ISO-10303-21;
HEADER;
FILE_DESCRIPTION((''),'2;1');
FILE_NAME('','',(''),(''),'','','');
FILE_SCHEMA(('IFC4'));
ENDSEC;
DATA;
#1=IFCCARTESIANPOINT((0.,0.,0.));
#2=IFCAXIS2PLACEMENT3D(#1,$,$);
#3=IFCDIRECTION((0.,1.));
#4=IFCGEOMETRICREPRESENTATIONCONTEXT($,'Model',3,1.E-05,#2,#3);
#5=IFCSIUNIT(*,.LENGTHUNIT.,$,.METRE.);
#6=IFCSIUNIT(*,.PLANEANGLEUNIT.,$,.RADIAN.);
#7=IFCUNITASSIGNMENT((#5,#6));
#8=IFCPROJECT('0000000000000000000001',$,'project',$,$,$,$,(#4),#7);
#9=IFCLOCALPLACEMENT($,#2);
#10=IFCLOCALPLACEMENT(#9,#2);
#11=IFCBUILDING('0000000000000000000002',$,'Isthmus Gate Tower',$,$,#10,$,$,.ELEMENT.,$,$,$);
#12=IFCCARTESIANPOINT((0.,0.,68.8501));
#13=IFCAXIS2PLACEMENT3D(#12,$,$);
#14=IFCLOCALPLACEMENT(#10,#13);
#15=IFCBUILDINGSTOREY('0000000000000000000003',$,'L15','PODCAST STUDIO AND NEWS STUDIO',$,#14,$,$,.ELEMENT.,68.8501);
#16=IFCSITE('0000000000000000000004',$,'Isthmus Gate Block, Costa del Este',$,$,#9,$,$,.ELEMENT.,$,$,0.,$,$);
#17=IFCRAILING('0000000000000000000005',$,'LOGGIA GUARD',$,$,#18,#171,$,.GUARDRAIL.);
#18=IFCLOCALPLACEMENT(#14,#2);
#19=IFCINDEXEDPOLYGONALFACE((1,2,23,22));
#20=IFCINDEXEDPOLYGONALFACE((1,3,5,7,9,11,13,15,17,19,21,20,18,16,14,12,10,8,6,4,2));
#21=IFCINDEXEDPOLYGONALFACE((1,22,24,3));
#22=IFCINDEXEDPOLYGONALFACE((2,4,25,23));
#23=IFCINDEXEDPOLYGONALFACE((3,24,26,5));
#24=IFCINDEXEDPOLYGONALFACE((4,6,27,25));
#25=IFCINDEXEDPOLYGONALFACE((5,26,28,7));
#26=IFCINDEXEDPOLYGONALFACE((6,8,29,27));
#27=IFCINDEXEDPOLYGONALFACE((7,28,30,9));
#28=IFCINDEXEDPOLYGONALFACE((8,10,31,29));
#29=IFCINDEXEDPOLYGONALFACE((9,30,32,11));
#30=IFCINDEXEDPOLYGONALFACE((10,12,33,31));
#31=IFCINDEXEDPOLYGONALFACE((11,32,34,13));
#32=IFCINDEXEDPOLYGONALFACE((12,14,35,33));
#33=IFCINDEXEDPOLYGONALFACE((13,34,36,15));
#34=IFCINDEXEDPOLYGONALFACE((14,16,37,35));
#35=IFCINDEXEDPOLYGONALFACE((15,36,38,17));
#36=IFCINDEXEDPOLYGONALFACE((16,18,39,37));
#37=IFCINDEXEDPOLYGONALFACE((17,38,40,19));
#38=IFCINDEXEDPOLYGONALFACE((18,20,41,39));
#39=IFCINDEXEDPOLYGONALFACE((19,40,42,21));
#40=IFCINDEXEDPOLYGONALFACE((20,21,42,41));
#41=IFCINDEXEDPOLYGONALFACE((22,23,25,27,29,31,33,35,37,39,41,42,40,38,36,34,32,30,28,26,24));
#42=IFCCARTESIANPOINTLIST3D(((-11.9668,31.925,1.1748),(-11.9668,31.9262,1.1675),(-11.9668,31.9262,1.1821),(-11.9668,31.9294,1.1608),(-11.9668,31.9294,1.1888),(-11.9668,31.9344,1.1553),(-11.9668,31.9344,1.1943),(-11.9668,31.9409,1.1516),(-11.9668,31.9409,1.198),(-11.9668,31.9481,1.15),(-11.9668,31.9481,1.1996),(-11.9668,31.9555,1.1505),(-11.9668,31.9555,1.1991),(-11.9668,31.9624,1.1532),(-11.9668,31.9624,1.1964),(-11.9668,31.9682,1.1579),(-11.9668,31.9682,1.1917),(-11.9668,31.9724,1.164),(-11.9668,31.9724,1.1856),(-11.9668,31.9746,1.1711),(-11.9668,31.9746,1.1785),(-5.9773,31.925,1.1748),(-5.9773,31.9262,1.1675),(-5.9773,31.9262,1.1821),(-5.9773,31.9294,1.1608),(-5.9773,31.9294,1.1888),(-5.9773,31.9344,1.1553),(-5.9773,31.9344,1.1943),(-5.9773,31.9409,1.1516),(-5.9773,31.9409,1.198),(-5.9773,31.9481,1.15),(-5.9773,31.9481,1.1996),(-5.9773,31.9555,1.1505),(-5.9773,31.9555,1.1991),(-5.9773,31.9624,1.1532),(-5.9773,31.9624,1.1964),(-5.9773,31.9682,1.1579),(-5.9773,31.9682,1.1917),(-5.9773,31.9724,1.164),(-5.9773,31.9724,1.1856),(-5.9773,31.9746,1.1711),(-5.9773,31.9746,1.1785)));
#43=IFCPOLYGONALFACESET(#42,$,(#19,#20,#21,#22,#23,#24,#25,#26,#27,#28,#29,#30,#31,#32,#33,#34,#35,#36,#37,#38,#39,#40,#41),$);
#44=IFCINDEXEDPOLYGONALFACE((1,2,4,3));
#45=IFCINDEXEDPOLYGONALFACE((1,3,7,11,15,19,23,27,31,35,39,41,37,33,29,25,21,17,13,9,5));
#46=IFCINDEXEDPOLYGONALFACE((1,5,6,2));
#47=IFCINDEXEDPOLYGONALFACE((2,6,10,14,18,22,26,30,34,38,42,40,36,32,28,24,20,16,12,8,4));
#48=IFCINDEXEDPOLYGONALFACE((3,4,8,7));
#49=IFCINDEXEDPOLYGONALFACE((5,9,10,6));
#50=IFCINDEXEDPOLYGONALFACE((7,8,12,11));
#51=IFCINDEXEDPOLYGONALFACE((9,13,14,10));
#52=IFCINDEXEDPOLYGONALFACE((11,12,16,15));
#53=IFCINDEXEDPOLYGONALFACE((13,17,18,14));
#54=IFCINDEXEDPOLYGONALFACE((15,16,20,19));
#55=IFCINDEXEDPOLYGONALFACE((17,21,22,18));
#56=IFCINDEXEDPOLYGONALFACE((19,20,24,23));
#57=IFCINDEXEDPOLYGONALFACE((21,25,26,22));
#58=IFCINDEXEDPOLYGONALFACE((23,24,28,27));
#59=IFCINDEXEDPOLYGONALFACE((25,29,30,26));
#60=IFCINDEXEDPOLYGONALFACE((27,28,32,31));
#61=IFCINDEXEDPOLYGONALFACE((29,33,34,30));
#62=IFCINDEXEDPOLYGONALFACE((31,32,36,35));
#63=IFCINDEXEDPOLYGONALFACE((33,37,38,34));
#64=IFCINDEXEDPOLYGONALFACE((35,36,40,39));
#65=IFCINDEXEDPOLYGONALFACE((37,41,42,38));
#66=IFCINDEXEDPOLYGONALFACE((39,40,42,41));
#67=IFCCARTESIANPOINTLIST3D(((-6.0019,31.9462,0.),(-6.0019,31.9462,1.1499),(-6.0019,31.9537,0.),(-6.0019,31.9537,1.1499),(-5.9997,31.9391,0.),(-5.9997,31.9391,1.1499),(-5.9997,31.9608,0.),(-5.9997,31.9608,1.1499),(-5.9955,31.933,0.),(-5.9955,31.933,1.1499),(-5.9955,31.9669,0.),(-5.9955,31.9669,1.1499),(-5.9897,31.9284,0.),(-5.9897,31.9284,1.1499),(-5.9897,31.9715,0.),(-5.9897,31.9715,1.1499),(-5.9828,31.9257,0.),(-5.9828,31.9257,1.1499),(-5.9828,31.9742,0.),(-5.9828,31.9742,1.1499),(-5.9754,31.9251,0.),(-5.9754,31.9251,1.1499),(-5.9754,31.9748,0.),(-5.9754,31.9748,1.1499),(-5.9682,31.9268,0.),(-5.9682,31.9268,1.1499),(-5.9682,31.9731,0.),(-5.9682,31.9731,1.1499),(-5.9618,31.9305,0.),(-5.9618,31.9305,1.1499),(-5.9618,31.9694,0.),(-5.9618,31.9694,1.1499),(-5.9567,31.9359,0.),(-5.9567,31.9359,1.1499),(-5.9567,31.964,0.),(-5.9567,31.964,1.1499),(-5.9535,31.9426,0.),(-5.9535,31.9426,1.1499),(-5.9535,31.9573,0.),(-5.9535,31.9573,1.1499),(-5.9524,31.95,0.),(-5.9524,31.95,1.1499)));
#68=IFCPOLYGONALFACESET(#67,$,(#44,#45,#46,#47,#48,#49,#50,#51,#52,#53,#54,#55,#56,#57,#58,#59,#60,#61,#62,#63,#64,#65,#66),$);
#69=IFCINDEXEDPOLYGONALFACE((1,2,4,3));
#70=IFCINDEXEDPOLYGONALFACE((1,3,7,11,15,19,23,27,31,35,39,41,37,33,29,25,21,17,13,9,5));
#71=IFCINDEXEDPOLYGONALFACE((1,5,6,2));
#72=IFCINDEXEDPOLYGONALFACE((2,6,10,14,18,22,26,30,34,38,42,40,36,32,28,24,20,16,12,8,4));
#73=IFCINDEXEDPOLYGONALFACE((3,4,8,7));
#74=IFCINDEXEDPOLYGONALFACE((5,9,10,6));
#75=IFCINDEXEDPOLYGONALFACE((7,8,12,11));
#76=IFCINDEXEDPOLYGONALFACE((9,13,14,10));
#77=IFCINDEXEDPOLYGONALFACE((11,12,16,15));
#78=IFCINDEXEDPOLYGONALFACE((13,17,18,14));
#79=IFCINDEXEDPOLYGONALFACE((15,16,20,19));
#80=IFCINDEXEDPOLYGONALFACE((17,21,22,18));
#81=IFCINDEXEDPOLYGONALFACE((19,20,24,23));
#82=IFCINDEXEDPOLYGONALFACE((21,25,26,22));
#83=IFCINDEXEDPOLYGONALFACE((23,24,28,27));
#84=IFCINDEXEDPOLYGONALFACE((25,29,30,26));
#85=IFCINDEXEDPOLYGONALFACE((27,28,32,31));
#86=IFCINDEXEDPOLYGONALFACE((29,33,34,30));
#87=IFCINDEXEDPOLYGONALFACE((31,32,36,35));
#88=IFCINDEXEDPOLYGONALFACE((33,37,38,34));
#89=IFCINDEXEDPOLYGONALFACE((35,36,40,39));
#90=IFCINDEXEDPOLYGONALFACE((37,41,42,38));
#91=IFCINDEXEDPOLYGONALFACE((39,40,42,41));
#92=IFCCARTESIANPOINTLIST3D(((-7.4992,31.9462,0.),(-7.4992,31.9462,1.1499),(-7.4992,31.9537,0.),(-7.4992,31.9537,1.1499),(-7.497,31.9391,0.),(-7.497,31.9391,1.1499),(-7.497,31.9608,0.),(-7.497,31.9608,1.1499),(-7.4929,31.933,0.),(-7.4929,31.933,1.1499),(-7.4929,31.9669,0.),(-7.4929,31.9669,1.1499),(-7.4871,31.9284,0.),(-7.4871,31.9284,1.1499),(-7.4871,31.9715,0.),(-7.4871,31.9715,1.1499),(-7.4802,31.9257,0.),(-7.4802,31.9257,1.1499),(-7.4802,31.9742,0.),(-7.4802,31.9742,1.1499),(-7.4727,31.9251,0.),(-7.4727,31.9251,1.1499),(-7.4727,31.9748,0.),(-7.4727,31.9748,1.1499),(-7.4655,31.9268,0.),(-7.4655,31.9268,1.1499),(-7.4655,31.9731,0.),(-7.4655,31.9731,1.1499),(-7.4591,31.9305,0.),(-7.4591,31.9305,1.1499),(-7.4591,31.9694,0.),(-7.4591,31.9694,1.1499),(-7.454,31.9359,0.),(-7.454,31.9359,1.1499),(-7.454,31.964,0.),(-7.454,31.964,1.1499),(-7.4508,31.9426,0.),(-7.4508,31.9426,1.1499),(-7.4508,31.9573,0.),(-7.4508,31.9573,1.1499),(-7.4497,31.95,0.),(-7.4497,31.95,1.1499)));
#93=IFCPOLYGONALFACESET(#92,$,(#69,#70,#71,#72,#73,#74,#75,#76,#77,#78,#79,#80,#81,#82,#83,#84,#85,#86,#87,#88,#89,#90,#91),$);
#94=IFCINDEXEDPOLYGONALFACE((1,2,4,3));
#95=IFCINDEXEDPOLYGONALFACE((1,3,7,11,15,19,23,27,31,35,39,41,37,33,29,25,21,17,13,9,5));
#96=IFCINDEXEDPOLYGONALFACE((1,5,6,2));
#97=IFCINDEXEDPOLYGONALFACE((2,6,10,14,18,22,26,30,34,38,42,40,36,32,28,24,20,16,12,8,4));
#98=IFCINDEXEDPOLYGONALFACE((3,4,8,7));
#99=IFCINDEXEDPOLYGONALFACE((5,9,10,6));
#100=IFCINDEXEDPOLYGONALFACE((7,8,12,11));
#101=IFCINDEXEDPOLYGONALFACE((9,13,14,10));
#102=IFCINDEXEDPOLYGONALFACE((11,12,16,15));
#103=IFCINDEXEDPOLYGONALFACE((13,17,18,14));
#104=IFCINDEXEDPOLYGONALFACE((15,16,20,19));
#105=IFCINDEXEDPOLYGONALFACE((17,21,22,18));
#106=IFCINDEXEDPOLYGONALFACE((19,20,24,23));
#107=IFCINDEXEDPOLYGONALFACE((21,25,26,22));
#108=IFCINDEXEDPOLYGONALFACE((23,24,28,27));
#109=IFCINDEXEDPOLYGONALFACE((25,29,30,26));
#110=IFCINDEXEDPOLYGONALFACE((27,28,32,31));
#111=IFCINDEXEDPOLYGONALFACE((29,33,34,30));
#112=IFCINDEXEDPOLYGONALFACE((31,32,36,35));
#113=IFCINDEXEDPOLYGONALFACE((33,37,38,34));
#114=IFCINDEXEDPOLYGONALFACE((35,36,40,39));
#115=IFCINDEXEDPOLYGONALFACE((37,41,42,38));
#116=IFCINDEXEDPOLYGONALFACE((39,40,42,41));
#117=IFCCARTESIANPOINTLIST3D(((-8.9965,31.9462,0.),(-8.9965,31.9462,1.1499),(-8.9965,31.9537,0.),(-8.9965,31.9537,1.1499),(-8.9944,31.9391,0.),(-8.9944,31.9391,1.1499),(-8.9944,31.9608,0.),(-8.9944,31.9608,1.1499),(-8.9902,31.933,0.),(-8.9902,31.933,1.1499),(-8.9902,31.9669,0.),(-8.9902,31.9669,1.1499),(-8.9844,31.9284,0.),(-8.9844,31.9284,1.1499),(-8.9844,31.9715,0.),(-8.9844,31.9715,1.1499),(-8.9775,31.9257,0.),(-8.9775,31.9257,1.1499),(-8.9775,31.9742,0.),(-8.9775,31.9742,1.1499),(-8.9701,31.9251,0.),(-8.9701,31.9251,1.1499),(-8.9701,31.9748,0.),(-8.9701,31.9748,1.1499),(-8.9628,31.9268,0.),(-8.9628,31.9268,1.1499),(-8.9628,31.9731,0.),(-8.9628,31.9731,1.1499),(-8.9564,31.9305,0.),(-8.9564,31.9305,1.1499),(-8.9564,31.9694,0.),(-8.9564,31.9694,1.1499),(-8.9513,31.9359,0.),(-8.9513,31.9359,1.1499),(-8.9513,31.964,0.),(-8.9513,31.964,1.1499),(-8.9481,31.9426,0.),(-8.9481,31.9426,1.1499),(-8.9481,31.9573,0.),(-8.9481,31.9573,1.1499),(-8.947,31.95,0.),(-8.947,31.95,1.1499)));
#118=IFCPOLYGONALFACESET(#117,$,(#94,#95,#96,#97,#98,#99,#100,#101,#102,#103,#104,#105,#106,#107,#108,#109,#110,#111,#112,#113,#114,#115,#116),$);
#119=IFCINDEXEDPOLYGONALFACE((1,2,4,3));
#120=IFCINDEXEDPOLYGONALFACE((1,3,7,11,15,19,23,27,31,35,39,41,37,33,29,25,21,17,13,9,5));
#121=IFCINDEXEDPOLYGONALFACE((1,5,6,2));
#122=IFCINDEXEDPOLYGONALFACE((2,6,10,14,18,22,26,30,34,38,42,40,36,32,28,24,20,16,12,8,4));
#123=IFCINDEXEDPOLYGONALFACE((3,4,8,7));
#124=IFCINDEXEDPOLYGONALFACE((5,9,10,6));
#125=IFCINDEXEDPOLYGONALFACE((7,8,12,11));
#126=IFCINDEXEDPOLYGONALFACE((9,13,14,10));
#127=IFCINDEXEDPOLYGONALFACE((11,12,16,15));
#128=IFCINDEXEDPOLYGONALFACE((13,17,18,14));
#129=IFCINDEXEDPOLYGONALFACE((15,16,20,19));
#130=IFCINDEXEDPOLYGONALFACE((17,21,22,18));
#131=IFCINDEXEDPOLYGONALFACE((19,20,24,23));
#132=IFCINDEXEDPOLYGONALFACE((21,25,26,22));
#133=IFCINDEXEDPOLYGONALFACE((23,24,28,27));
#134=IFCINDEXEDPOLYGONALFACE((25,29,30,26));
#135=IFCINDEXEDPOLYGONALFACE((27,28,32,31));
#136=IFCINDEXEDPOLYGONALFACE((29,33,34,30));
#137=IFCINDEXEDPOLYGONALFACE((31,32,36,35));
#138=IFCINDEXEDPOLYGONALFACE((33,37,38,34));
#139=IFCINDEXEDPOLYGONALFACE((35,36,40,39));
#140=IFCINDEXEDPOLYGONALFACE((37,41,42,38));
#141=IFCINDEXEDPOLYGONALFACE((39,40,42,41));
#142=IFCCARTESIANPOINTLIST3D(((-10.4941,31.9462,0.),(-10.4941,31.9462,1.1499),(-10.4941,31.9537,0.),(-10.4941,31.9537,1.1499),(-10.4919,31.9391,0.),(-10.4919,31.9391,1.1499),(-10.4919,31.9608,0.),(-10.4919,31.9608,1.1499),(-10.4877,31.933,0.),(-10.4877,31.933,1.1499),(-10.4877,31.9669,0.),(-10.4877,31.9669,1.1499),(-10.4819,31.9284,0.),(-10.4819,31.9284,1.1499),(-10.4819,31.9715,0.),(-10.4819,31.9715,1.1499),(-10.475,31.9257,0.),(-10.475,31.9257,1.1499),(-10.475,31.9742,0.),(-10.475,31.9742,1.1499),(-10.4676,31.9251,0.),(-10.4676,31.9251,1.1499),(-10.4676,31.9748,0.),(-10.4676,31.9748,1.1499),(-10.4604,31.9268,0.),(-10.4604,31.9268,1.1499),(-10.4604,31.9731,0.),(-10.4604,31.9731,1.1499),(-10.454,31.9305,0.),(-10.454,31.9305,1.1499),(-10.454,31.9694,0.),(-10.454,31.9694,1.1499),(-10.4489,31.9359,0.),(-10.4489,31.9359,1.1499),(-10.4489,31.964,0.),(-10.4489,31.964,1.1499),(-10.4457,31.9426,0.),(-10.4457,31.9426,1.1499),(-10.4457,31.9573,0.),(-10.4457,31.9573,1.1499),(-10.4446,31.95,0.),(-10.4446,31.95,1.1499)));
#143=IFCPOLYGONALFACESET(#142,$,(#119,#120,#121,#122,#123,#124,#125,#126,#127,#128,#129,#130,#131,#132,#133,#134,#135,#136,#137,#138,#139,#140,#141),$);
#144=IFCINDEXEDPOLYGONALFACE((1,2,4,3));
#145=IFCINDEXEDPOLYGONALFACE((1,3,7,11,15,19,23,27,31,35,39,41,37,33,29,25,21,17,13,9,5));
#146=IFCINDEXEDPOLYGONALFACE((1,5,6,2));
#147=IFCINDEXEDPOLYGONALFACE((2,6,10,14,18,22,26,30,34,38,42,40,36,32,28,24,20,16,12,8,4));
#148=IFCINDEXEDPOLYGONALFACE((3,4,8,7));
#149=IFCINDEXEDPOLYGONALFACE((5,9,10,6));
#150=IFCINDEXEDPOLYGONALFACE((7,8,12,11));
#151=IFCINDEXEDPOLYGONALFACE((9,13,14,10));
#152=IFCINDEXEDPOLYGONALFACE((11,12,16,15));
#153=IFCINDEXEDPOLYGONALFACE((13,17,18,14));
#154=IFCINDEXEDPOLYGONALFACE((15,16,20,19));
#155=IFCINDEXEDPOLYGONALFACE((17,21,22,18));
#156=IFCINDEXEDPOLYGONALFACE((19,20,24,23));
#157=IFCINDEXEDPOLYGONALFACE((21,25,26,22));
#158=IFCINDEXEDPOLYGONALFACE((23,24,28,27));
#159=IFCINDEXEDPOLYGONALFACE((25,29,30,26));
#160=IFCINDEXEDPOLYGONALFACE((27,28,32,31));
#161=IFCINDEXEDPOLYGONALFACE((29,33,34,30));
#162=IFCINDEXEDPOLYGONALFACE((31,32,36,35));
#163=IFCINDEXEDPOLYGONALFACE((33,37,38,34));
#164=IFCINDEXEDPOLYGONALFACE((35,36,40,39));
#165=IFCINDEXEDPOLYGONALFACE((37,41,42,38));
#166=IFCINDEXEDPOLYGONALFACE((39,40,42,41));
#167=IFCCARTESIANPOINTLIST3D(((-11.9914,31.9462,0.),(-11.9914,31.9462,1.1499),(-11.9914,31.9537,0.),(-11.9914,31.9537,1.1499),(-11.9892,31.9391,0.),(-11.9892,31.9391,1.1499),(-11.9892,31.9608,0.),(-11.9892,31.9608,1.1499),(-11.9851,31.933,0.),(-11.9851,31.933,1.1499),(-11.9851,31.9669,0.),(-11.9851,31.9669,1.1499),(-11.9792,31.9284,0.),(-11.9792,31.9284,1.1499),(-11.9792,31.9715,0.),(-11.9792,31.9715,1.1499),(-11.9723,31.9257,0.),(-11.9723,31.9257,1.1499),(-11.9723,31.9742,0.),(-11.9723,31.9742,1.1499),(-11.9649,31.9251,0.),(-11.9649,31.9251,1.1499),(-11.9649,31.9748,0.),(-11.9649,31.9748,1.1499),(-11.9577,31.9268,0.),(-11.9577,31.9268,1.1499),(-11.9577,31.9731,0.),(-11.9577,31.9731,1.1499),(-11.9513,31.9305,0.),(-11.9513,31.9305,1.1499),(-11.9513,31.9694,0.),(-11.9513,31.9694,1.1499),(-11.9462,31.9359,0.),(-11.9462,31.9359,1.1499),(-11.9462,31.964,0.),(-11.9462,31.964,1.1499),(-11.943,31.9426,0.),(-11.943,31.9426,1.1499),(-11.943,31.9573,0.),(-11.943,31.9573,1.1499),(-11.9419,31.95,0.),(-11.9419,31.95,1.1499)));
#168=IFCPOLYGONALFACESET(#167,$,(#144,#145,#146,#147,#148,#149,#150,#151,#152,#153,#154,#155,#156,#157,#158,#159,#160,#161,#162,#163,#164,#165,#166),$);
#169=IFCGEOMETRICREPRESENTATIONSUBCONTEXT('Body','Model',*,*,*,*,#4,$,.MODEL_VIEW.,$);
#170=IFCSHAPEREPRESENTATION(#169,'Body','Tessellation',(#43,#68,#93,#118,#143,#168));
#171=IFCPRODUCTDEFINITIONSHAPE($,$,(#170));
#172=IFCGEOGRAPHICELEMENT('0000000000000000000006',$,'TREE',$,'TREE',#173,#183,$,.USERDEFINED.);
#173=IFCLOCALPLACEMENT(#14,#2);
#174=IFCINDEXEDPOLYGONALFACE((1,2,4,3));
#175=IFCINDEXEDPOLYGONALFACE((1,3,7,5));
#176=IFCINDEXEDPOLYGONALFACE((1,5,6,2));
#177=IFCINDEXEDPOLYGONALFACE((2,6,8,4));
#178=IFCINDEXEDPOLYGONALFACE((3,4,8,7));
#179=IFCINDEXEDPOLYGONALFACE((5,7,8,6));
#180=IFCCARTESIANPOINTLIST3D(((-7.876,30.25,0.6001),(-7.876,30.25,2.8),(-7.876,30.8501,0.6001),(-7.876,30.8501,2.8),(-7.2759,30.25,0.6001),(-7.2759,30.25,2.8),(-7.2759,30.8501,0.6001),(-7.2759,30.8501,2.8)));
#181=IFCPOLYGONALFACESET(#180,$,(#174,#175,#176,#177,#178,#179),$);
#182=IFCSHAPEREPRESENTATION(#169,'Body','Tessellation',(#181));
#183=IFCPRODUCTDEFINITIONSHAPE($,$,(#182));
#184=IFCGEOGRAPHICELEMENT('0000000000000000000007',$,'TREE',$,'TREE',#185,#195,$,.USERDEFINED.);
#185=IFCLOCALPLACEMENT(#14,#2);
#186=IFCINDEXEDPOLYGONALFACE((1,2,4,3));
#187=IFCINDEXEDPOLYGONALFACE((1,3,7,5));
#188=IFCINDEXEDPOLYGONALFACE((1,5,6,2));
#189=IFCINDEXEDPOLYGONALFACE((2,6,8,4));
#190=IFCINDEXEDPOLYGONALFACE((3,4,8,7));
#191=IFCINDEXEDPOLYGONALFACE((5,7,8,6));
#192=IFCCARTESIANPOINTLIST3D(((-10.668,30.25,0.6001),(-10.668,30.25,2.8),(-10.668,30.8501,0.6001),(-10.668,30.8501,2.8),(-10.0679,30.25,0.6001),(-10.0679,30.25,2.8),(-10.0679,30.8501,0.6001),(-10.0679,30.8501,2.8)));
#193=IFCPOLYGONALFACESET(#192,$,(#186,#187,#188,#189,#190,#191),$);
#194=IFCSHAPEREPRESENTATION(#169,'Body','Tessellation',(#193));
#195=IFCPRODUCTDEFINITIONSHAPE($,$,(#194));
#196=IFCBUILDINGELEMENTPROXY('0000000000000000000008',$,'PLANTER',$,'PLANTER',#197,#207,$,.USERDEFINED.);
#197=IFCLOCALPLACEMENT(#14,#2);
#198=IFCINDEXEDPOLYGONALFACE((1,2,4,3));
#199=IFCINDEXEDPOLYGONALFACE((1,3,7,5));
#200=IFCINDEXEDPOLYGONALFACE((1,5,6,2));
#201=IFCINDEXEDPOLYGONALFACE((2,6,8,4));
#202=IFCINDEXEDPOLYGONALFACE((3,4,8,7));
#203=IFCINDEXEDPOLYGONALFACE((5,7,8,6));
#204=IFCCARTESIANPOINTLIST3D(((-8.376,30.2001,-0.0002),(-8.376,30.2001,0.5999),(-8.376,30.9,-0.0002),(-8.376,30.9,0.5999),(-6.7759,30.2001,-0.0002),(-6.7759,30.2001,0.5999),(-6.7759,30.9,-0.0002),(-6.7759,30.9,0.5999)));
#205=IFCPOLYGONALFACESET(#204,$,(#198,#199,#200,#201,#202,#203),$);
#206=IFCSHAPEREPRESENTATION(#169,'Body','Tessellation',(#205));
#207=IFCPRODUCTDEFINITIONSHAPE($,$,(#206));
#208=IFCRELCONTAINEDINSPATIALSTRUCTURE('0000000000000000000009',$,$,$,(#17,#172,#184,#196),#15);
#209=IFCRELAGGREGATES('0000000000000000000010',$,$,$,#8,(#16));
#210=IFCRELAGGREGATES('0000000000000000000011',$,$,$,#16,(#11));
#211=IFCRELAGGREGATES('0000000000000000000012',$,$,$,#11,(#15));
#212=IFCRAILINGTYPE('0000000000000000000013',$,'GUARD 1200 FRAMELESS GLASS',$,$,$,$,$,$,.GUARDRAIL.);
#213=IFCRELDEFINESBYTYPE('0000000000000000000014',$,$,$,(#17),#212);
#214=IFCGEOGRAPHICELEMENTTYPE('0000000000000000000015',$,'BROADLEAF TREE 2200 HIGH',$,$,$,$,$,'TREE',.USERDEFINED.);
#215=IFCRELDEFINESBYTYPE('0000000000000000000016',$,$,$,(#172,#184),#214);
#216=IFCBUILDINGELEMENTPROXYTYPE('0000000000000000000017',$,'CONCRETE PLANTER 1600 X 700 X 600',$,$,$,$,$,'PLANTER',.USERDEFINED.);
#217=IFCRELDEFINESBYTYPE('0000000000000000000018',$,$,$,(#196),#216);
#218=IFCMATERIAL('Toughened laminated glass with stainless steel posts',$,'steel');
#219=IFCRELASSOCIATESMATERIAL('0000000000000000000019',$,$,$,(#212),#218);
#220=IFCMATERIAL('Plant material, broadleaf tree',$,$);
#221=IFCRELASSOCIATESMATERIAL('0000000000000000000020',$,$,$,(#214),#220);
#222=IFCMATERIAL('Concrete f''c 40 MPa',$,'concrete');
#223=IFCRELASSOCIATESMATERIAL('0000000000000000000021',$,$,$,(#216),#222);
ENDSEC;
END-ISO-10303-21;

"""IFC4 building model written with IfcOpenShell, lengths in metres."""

from ifc_helpers import new_model, si_unit, direction, frame, origin, origin_2d, place, context, subcontext, project, spatial, rectangle, circle, extrude, material, type_object, element, save


model = new_model("IFC4")

# Units and contexts
model_context = context("Model", 3, precision=1e-05, world=origin(), true_north=direction((0.0, 1.0)))
body_context = subcontext(model_context, "Body", "Model", "MODEL_VIEW")
ifc_project = project(units=[si_unit("LENGTHUNIT", "METRE"), si_unit("PLANEANGLEUNIT", "RADIAN")], contexts=[model_context])

# Site, building, storey
site_placement = place(None, origin())
site = spatial("IfcSite", under=ifc_project, at=site_placement, Name="Isthmus Gate Block, Costa del Este", CompositionType="ELEMENT", RefElevation=0.0)
building_placement = place(site_placement, origin())
building = spatial("IfcBuilding", under=site, at=building_placement, Name="Isthmus Gate Tower", CompositionType="ELEMENT")
storey_placement = place(building_placement, frame((0.0, 0.0, 68.8501)))
storey = spatial("IfcBuildingStorey", under=building, at=storey_placement, Name="L15", Description="PODCAST STUDIO AND NEWS STUDIO", CompositionType="ELEMENT", Elevation=68.8501)

# Railing
ifc_material_1 = material(Name="Toughened laminated glass with stainless steel posts", Category="steel")
railing_type = type_object("IfcRailingType", Name="GUARD 1200 FRAMELESS GLASS", PredefinedType="GUARDRAIL", material=ifc_material_1)
railing_placement = place(storey_placement, frame((-5.9773, 31.95, 0.0)))
element("IfcRailing", 1, at=railing_placement, inside=storey, type_object=railing_type, Name="LOGGIA GUARD", PredefinedType="GUARDRAIL", context=body_context, shape_type="SweptSolid", body=[
    extrude(circle(Radius=0.0249, at=origin_2d()), frame((0.0, 0.0, 1.1748), z_axis=(-1.0, 0.0, 0.0), x_axis=(0.0, -1.0, 0.0)), (0.0, 0.0, 1.0), 5.9895),
    extrude(circle(Radius=0.0249, at=origin_2d()), origin(), (0.0, 0.0, 1.0), 1.1499),
    extrude(circle(Radius=0.0249, at=origin_2d()), frame((-1.4973, 0.0, 0.0)), (0.0, 0.0, 1.0), 1.1499),
    extrude(circle(Radius=0.0249, at=origin_2d()), frame((-2.9946, 0.0, 0.0)), (0.0, 0.0, 1.0), 1.1499),
    extrude(circle(Radius=0.0249, at=origin_2d()), frame((-4.4922, 0.0, 0.0)), (0.0, 0.0, 1.0), 1.1499),
    extrude(circle(Radius=0.0249, at=origin_2d()), frame((-5.9895, 0.0, 0.0)), (0.0, 0.0, 1.0), 1.1499),
])

# Geographic elements
ifc_material_2 = material(Name="Plant material, broadleaf tree")
geographic_element_type = type_object("IfcGeographicElementType", Name="BROADLEAF TREE 2200 HIGH", ElementType="TREE", PredefinedType="USERDEFINED", material=ifc_material_2)
for number, where, z_axis, x_axis, name in (
    (2, (-7.5759, 30.55, 0.6001), (0.0, 0.0, 1.0), (-1.0, 0.0, 0.0), "TREE"),
    (3, (-10.3679, 30.55, 0.6001), (0.0, 0.0, 1.0), (-1.0, 0.0, 0.0), "TREE"),
):
    element("IfcGeographicElement", number, at=place(storey_placement, frame(where, z_axis=z_axis, x_axis=x_axis)), inside=storey, type_object=geographic_element_type, Name=name, ObjectType="TREE", PredefinedType="USERDEFINED", context=body_context, shape_type="SweptSolid", body=[
        extrude(rectangle(XDim=0.6001, YDim=0.6001, at=origin_2d()), origin(), (0.0, 0.0, 1.0), 2.2),
    ])

# Building element proxy
ifc_material_3 = material(Name="Concrete f'c 40 MPa", Category="concrete")
building_element_proxy_type = type_object("IfcBuildingElementProxyType", Name="CONCRETE PLANTER 1600 X 700 X 600", ElementType="PLANTER", PredefinedType="USERDEFINED", material=ifc_material_3)
for number, where, z_axis, x_axis, name in (
    (4, (-7.5759, 30.55, -0.0002), (0.0, 0.0, 1.0), (-1.0, 0.0, 0.0), "PLANTER"),
):
    element("IfcBuildingElementProxy", number, at=place(storey_placement, frame(where, z_axis=z_axis, x_axis=x_axis)), inside=storey, type_object=building_element_proxy_type, Name=name, ObjectType="PLANTER", PredefinedType="USERDEFINED", context=body_context, shape_type="SweptSolid", body=[
        extrude(rectangle(XDim=1.6001, YDim=0.7, at=origin_2d()), origin(), (0.0, 0.0, 1.0), 0.6001),
    ])

save(model, "model.ifc")
